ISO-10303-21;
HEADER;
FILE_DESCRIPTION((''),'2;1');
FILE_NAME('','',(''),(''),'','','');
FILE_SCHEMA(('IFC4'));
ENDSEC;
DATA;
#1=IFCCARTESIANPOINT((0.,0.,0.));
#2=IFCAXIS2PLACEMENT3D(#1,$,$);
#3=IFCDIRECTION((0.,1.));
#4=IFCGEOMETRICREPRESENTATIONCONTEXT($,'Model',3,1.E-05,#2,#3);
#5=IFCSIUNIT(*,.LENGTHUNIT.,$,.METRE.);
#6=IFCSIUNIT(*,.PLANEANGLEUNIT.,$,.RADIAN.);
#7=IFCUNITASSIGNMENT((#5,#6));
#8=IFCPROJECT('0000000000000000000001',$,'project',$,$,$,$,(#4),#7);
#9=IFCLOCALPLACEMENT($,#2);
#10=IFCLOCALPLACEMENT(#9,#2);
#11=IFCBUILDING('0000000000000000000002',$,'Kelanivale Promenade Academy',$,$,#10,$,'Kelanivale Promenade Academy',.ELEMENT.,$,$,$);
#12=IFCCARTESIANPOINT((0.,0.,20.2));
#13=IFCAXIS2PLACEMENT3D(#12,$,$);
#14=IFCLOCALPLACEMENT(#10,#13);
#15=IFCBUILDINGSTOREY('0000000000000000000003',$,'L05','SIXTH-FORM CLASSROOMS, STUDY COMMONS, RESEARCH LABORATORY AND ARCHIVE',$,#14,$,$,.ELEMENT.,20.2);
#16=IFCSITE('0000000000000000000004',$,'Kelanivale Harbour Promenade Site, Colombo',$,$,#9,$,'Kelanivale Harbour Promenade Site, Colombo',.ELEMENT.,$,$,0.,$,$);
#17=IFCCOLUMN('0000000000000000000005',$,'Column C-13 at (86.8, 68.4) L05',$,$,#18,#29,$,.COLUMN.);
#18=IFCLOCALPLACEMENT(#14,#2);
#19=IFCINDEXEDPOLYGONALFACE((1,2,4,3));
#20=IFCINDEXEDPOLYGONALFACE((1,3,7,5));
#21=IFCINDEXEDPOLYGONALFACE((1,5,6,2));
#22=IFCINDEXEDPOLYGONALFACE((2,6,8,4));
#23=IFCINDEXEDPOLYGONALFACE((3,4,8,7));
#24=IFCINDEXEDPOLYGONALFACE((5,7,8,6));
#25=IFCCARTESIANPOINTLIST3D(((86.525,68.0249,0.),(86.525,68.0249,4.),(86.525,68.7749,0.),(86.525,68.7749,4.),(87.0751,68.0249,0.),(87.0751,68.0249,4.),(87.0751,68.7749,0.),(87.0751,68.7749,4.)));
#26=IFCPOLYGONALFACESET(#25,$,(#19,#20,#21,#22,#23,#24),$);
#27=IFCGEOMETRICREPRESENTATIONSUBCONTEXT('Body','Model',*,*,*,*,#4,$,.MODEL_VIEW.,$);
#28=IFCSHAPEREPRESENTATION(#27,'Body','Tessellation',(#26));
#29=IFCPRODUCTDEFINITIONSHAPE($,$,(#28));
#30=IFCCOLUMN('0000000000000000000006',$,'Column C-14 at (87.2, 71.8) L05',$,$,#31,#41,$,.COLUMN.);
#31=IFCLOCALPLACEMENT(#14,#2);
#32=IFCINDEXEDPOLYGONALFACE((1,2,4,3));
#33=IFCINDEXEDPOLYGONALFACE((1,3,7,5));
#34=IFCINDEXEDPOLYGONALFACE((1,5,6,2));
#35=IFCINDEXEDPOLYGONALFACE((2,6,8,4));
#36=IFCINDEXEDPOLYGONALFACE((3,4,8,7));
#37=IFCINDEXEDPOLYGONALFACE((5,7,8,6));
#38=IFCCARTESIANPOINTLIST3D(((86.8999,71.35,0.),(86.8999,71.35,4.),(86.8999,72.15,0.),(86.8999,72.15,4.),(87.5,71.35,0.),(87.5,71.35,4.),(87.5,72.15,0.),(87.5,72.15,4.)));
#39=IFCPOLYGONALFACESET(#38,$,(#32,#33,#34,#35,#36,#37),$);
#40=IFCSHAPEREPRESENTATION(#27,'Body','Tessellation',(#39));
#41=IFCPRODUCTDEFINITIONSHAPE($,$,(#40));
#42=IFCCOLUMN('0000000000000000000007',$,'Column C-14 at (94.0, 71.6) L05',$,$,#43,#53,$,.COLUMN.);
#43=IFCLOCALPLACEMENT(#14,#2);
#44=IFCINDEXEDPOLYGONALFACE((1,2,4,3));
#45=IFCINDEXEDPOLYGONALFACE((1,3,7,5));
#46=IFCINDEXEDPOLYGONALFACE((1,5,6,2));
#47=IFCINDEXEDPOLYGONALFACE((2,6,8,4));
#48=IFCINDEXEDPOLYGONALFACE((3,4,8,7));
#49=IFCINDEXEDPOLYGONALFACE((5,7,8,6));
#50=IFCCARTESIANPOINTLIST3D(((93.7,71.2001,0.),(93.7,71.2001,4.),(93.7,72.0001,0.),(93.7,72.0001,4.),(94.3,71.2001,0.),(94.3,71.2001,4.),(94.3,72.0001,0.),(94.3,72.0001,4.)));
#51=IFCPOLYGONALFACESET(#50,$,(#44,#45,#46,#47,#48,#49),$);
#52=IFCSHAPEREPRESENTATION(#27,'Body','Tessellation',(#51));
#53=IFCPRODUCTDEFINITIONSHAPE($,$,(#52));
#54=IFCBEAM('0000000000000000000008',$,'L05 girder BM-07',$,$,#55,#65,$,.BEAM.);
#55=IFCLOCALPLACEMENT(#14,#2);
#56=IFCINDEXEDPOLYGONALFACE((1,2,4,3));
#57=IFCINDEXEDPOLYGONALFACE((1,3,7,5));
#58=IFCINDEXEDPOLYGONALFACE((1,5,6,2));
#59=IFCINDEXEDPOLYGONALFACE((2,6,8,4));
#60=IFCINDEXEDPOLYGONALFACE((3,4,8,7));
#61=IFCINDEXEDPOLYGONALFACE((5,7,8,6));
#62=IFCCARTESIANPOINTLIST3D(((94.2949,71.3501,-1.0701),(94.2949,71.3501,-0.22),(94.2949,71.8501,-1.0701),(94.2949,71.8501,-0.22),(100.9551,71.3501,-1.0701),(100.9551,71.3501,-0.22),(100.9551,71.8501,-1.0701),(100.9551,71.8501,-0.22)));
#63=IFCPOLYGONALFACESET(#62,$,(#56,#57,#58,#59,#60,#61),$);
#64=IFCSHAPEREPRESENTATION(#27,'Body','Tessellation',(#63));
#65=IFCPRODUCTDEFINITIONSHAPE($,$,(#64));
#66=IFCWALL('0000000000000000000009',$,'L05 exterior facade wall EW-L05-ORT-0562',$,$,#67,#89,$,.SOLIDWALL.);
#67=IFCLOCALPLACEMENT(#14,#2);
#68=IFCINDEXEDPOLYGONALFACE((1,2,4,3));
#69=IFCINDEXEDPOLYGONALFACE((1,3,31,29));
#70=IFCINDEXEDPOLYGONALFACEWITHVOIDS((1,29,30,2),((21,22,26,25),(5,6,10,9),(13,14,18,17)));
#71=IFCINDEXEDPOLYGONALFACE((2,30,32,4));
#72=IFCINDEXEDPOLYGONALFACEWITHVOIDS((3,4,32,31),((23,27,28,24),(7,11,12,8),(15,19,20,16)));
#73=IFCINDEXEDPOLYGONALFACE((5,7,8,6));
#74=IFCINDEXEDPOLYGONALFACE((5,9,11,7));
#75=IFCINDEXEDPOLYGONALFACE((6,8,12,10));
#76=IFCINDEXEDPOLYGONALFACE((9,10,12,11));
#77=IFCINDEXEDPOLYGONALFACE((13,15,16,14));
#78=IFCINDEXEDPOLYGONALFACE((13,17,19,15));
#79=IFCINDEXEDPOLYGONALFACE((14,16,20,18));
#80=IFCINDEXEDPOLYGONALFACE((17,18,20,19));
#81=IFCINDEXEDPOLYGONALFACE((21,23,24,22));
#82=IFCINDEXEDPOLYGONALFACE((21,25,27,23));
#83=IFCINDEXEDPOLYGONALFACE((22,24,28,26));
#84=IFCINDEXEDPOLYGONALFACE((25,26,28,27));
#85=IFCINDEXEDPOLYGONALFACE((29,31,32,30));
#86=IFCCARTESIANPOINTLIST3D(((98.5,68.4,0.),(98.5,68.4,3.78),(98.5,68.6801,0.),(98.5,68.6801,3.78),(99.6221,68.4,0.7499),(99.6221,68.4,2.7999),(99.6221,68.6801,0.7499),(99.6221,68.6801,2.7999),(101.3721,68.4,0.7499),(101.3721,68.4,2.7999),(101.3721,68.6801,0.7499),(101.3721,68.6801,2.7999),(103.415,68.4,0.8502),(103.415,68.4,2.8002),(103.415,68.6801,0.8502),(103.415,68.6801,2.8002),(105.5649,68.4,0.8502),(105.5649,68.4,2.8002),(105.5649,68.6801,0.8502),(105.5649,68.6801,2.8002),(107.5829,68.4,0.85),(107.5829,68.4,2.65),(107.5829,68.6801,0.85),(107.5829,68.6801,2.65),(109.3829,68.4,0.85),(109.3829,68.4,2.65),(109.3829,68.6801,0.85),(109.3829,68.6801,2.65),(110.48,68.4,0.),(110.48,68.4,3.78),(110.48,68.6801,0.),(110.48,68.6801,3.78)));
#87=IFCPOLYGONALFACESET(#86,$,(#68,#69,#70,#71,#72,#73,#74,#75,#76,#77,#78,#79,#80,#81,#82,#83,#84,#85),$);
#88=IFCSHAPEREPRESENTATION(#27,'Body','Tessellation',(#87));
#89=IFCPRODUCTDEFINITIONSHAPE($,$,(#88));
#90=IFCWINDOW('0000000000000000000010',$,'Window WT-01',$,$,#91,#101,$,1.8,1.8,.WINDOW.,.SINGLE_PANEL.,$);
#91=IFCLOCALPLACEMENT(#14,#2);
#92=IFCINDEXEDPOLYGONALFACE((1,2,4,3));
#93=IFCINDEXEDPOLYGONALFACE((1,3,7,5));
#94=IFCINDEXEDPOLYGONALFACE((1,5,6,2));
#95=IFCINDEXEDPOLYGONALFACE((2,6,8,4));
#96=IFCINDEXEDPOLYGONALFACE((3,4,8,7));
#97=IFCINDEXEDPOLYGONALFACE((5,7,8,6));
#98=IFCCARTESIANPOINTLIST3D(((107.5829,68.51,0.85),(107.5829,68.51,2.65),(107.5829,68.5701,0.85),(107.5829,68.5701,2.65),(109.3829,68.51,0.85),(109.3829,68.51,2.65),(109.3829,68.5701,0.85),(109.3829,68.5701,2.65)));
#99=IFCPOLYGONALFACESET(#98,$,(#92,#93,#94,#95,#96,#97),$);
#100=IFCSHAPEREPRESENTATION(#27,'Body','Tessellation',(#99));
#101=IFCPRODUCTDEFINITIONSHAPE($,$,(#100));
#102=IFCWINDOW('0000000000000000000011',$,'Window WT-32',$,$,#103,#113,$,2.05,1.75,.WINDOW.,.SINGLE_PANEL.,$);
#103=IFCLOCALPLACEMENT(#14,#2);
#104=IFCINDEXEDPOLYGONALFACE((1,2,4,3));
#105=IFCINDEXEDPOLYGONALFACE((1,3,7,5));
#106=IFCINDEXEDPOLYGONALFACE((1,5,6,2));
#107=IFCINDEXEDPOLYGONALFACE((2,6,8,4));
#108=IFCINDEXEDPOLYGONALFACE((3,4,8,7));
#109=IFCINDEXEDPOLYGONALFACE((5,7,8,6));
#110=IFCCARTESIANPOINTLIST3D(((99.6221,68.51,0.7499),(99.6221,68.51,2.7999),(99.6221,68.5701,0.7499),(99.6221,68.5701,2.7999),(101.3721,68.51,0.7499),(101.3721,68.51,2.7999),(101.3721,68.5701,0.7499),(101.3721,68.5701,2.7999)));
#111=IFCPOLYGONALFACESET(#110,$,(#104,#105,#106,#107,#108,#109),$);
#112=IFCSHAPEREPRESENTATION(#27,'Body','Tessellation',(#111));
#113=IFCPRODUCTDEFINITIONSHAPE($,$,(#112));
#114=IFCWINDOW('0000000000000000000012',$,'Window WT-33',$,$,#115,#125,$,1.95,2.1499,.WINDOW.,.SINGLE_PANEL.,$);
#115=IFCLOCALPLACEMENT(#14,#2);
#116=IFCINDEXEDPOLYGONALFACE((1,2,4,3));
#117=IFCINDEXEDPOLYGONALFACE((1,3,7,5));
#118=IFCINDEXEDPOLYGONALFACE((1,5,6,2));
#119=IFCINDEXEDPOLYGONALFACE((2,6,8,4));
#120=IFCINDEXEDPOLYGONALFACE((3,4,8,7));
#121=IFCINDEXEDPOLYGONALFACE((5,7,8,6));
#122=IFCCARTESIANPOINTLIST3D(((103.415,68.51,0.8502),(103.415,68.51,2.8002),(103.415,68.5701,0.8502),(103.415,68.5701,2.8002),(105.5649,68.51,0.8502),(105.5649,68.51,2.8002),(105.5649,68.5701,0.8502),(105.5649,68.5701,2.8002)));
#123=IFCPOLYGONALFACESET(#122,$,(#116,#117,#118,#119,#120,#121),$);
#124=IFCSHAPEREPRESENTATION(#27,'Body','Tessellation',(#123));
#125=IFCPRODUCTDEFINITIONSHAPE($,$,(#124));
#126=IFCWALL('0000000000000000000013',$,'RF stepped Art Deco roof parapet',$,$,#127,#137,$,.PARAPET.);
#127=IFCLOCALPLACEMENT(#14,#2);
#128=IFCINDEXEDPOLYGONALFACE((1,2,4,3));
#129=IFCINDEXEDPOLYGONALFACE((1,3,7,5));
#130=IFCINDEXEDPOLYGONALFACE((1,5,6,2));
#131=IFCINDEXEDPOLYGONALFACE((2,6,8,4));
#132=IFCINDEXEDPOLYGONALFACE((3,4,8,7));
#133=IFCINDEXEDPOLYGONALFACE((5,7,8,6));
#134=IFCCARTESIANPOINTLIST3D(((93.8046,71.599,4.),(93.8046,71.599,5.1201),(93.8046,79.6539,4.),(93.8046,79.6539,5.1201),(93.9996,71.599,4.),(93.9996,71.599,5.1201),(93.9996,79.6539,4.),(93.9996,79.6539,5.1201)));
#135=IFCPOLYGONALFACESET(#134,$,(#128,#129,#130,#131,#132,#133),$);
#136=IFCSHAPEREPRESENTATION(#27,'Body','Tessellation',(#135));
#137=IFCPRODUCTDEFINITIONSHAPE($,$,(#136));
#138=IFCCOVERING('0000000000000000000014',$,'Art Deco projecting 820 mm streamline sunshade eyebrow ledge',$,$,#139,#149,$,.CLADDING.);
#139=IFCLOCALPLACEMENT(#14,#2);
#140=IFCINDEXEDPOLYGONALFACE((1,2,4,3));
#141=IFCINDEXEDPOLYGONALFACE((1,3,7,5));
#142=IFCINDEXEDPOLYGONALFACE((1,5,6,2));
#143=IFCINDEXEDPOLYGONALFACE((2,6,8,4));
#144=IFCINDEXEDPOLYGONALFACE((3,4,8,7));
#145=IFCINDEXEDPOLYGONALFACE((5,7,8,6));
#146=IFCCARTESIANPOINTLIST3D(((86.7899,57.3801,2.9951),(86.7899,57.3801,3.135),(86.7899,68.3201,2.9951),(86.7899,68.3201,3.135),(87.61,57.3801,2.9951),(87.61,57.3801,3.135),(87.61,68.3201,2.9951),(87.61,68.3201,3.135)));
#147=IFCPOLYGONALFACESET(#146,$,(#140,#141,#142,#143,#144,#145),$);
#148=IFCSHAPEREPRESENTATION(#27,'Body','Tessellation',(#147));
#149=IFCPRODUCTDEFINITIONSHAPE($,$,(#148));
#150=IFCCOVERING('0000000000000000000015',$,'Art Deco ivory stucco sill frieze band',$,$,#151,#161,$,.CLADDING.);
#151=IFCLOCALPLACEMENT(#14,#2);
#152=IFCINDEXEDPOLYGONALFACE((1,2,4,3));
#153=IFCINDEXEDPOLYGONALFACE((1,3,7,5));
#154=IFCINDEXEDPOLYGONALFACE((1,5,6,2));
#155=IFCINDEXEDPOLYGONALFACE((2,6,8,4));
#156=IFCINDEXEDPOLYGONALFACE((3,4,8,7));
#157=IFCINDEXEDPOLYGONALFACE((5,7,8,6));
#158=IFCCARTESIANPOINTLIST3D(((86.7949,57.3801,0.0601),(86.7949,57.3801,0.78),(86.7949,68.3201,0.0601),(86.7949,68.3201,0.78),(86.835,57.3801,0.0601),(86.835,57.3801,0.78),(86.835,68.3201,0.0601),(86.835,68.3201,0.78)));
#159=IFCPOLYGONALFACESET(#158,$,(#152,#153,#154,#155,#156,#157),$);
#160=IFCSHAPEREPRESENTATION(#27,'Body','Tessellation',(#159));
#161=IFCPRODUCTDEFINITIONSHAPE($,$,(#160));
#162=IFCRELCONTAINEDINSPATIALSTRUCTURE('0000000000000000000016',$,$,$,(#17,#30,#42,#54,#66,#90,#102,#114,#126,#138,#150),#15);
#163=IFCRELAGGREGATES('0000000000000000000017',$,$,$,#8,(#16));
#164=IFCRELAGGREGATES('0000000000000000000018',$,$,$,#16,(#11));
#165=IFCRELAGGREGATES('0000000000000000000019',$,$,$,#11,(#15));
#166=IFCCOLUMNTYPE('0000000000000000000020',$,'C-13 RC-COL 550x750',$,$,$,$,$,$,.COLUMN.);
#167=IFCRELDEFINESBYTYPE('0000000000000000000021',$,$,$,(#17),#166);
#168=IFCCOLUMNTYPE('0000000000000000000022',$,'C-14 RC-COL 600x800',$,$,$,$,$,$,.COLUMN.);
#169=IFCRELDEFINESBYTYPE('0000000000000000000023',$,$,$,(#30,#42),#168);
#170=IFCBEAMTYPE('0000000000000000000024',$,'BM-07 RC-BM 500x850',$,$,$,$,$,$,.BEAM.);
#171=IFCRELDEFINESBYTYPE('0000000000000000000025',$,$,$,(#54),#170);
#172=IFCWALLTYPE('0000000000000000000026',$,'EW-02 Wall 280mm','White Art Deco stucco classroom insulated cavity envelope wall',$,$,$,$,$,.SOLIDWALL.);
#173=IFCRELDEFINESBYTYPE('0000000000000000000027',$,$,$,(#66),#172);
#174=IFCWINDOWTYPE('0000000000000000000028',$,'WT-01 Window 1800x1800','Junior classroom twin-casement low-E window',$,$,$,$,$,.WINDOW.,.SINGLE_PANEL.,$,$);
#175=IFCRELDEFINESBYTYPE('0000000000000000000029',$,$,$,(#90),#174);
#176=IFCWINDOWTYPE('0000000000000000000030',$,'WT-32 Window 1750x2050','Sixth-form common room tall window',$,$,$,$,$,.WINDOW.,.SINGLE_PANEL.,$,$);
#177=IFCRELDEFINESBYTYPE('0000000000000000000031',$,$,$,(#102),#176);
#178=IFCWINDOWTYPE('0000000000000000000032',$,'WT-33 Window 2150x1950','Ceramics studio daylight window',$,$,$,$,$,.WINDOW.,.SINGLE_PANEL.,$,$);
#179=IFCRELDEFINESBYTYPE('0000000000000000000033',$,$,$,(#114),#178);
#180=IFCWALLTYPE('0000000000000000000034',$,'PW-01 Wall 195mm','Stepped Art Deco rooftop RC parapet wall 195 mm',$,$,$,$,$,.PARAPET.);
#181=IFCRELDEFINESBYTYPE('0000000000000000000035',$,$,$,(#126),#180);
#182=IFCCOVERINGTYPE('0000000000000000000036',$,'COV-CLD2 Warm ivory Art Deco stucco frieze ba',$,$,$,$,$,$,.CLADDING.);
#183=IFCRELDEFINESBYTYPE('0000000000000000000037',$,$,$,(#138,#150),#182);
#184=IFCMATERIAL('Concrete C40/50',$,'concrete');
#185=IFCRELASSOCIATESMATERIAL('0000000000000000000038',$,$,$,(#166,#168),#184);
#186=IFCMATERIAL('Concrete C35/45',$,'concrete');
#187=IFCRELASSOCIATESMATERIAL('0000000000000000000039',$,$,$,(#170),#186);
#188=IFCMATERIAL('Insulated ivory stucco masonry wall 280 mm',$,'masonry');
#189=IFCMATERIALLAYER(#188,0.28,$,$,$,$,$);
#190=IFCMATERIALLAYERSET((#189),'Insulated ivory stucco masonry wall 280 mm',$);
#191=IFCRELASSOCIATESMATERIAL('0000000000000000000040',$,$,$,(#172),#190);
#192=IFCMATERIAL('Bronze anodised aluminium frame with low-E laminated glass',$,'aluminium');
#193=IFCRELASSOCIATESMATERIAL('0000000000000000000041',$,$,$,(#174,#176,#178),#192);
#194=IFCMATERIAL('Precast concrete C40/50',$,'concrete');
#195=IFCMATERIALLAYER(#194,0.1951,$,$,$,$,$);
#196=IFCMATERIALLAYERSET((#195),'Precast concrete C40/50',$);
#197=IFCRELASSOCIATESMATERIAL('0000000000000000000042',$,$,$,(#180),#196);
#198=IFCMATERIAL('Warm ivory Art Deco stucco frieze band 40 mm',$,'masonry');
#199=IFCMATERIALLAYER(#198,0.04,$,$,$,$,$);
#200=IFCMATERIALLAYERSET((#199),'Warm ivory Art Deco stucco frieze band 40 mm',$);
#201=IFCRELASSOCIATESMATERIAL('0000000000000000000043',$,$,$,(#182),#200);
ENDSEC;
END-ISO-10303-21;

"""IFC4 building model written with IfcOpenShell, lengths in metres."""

from ifc_helpers import new_model, si_unit, direction, frame, frame_2d, origin, origin_2d, place, context, subcontext, project, spatial, rectangle, extrude, material, layer, layer_set, material_profile, profile_set, type_object, element, fill, save


model = new_model("IFC4")

# Units and contexts
model_context = context("Model", 3, precision=1e-05, world=origin(), true_north=direction((0.0, 1.0)))
body_context = subcontext(model_context, "Body", "Model", "MODEL_VIEW")
ifc_project = project(units=[si_unit("LENGTHUNIT", "METRE"), si_unit("PLANEANGLEUNIT", "RADIAN")], contexts=[model_context])

# Site, building, storey
site_placement = place(None, origin())
site = spatial("IfcSite", under=ifc_project, at=site_placement, Name="Kelanivale Harbour Promenade Site, Colombo", LongName="Kelanivale Harbour Promenade Site, Colombo", CompositionType="ELEMENT", RefElevation=0.0)
building_placement = place(site_placement, origin())
building = spatial("IfcBuilding", under=site, at=building_placement, Name="Kelanivale Promenade Academy", LongName="Kelanivale Promenade Academy", CompositionType="ELEMENT")
storey_placement = place(building_placement, frame((0.0, 0.0, 20.2)))
storey = spatial("IfcBuildingStorey", under=building, at=storey_placement, Name="L05", Description="SIXTH-FORM CLASSROOMS, STUDY COMMONS, RESEARCH LABORATORY AND ARCHIVE", CompositionType="ELEMENT", Elevation=20.2)

# Columns
ifc_material_1 = material(Name="Concrete C40/50", Category="concrete")
ifc_material_profile_1 = material_profile(ifc_material_1, rectangle(XDim=0.55, YDim=0.75, at=origin_2d()), Name="RC-COL 550x750")
ifc_profile_set_1 = profile_set([ifc_material_profile_1], Name="Concrete C40/50")
column_type_1 = type_object("IfcColumnType", Name="C-13 RC-COL 550x750", PredefinedType="COLUMN", material=ifc_profile_set_1)
column_placement = place(storey_placement, frame((86.8, 68.3999, 0.0), z_axis=(0.0, 0.0, 1.0), x_axis=(1.0, 0.0, 0.0)))
element("IfcColumn", 1, at=column_placement, inside=storey, type_object=column_type_1, Name="Column C-13 at (86.8, 68.4) L05", PredefinedType="COLUMN", context=body_context, shape_type="SweptSolid", body=[
    extrude(rectangle(XDim=0.55, YDim=0.75, at=origin_2d()), origin(), (0.0, 0.0, 1.0), 4.0),
])
ifc_material_profile_2 = material_profile(ifc_material_1, rectangle(XDim=0.6001, YDim=0.8, at=origin_2d()), Name="RC-COL 600x800")
ifc_profile_set_2 = profile_set([ifc_material_profile_2], Name="Concrete C40/50")
column_type_2 = type_object("IfcColumnType", Name="C-14 RC-COL 600x800", PredefinedType="COLUMN", material=ifc_profile_set_2)
for number, where, z_axis, x_axis, name in (
    (2, (87.2, 71.75, 0.0), (0.0, 0.0, 1.0), (1.0, 0.0, 0.0), "Column C-14 at (87.2, 71.8) L05"),
    (3, (94.0, 71.6001, 0.0), (0.0, 0.0, 1.0), (1.0, 0.0, 0.0), "Column C-14 at (94.0, 71.6) L05"),
):
    element("IfcColumn", number, at=place(storey_placement, frame(where, z_axis=z_axis, x_axis=x_axis)), inside=storey, type_object=column_type_2, Name=name, PredefinedType="COLUMN", context=body_context, shape_type="SweptSolid", body=[
        extrude(rectangle(XDim=0.6001, YDim=0.8, at=origin_2d()), origin(), (0.0, 0.0, 1.0), 4.0),
    ])

# Beam
ifc_material_2 = material(Name="Concrete C35/45", Category="concrete")
ifc_material_profile_3 = material_profile(ifc_material_2, rectangle(XDim=0.5, YDim=0.8501, at=origin_2d()), Name="RC-BM 500x850")
ifc_profile_set_3 = profile_set([ifc_material_profile_3], Name="Concrete C35/45")
beam_type = type_object("IfcBeamType", Name="BM-07 RC-BM 500x850", PredefinedType="BEAM", material=ifc_profile_set_3)
beam_placement = place(storey_placement, frame((94.2949, 71.6001, -0.645), z_axis=(1.0, 0.0, 0.0), x_axis=(0.0, 1.0, 0.0)))
element("IfcBeam", 4, at=beam_placement, inside=storey, type_object=beam_type, Name="L05 girder BM-07", PredefinedType="BEAM", context=body_context, shape_type="SweptSolid", body=[
    extrude(rectangle(XDim=0.5, YDim=0.8501, at=origin_2d()), origin(), (0.0, 0.0, 1.0), 6.6602),
])

# Wall, openings, windows
ifc_material_3 = material(Name="Insulated ivory stucco masonry wall 280 mm", Category="masonry")
ifc_layer_1 = layer(ifc_material_3, 0.28)
ifc_layer_set_1 = layer_set([ifc_layer_1], Name="Insulated ivory stucco masonry wall 280 mm")
wall_type_1 = type_object("IfcWallType", Name="EW-02 Wall 280mm", Description="White Art Deco stucco classroom insulated cavity envelope wall", PredefinedType="SOLIDWALL", material=ifc_layer_set_1)
wall_1_placement = place(storey_placement, frame((98.5, 68.54, 0.0), z_axis=(0.0, 0.0, 1.0), x_axis=(1.0, 0.0, 0.0)))
wall_1 = element("IfcWall", 5, at=wall_1_placement, inside=storey, type_object=wall_type_1, Name="L05 exterior facade wall EW-L05-ORT-0562", PredefinedType="SOLIDWALL", context=body_context, shape_type="SweptSolid", body=[
    extrude(rectangle(XDim=11.98, YDim=0.28, at=frame_2d((5.99, 0.0))), origin(), (0.0, 0.0, 1.0), 3.78),
])
opening_1_placement = place(wall_1_placement, frame((1.1221, 0.0, 0.75)))
opening_1 = element("IfcOpeningElement", 6, at=opening_1_placement, cuts=wall_1, PredefinedType="OPENING", context=body_context, shape_type="SweptSolid", body=[
    extrude(rectangle(XDim=1.75, YDim=2.05, at=frame_2d((0.875, 1.0249))), frame((0.0, 0.1499, 0.0), z_axis=(0.0, -1.0, 0.0), x_axis=(1.0, 0.0, 0.0)), (0.0, 0.0, 1.0), 0.3),
])
opening_2_placement = place(wall_1_placement, frame((4.915, 0.0, 0.8501)))
opening_2 = element("IfcOpeningElement", 7, at=opening_2_placement, cuts=wall_1, PredefinedType="OPENING", context=body_context, shape_type="SweptSolid", body=[
    extrude(rectangle(XDim=2.1499, YDim=1.95, at=frame_2d((1.075, 0.9751))), frame((0.0, 0.1499, 0.0), z_axis=(0.0, -1.0, 0.0), x_axis=(1.0, 0.0, 0.0)), (0.0, 0.0, 1.0), 0.3),
])
opening_3_placement = place(wall_1_placement, frame((9.083, 0.0, 0.8501)))
opening_3 = element("IfcOpeningElement", 8, at=opening_3_placement, cuts=wall_1, PredefinedType="OPENING", context=body_context, shape_type="SweptSolid", body=[
    extrude(rectangle(XDim=1.8, YDim=1.8, at=frame_2d((0.8999, 0.8999))), frame((0.0, 0.1499, 0.0), z_axis=(0.0, -1.0, 0.0), x_axis=(1.0, 0.0, 0.0)), (0.0, 0.0, 1.0), 0.3),
])
ifc_material_4 = material(Name="Bronze anodised aluminium frame with low-E laminated glass", Category="aluminium")
window_type_1 = type_object("IfcWindowType", Name="WT-01 Window 1800x1800", Description="Junior classroom twin-casement low-E window", PartitioningType="SINGLE_PANEL", PredefinedType="WINDOW", material=ifc_material_4)
window_1_placement = place(opening_3_placement, origin())
window_1 = element("IfcWindow", 9, at=window_1_placement, inside=storey, type_object=window_type_1, Name="Window WT-01", OverallHeight=1.8, OverallWidth=1.8, PartitioningType="SINGLE_PANEL", PredefinedType="WINDOW", context=body_context, shape_type="SweptSolid", body=[
    extrude(rectangle(XDim=1.8, YDim=1.8, at=frame_2d((0.8999, 0.8999))), frame((0.0, 0.03, 0.0), z_axis=(0.0, -1.0, 0.0), x_axis=(1.0, 0.0, 0.0)), (0.0, 0.0, 1.0), 0.0601),
])
fill(opening_3, window_1)
window_type_2 = type_object("IfcWindowType", Name="WT-32 Window 1750x2050", Description="Sixth-form common room tall window", PartitioningType="SINGLE_PANEL", PredefinedType="WINDOW", material=ifc_material_4)
window_2_placement = place(opening_1_placement, origin())
window_2 = element("IfcWindow", 10, at=window_2_placement, inside=storey, type_object=window_type_2, Name="Window WT-32", OverallHeight=2.05, OverallWidth=1.75, PartitioningType="SINGLE_PANEL", PredefinedType="WINDOW", context=body_context, shape_type="SweptSolid", body=[
    extrude(rectangle(XDim=1.75, YDim=2.05, at=frame_2d((0.875, 1.0249))), frame((0.0, 0.03, 0.0), z_axis=(0.0, -1.0, 0.0), x_axis=(1.0, 0.0, 0.0)), (0.0, 0.0, 1.0), 0.0601),
])
fill(opening_1, window_2)
window_type_3 = type_object("IfcWindowType", Name="WT-33 Window 2150x1950", Description="Ceramics studio daylight window", PartitioningType="SINGLE_PANEL", PredefinedType="WINDOW", material=ifc_material_4)
window_3_placement = place(opening_2_placement, origin())
window_3 = element("IfcWindow", 11, at=window_3_placement, inside=storey, type_object=window_type_3, Name="Window WT-33", OverallHeight=1.95, OverallWidth=2.1499, PartitioningType="SINGLE_PANEL", PredefinedType="WINDOW", context=body_context, shape_type="SweptSolid", body=[
    extrude(rectangle(XDim=2.1499, YDim=1.95, at=frame_2d((1.075, 0.9751))), frame((0.0, 0.03, 0.0), z_axis=(0.0, -1.0, 0.0), x_axis=(1.0, 0.0, 0.0)), (0.0, 0.0, 1.0), 0.0601),
])
fill(opening_2, window_3)

# Wall
ifc_material_5 = material(Name="Precast concrete C40/50", Category="concrete")
ifc_layer_2 = layer(ifc_material_5, 0.1951)
ifc_layer_set_2 = layer_set([ifc_layer_2], Name="Precast concrete C40/50")
wall_type_2 = type_object("IfcWallType", Name="PW-01 Wall 195mm", Description="Stepped Art Deco rooftop RC parapet wall 195 mm", PredefinedType="PARAPET", material=ifc_layer_set_2)
wall_2_placement = place(storey_placement, frame((93.9021, 71.5991, 4.0), z_axis=(0.0, 0.0, 1.0), x_axis=(0.0, 1.0, 0.0)))
element("IfcWall", 12, at=wall_2_placement, inside=storey, type_object=wall_type_2, Name="RF stepped Art Deco roof parapet", PredefinedType="PARAPET", context=body_context, shape_type="SweptSolid", body=[
    extrude(rectangle(XDim=8.0549, YDim=0.1951, at=frame_2d((4.0273, 0.0))), origin(), (0.0, 0.0, 1.0), 1.1201),
])

# Coverings
ifc_material_6 = material(Name="Warm ivory Art Deco stucco frieze band 40 mm", Category="masonry")
ifc_layer_3 = layer(ifc_material_6, 0.04)
ifc_layer_set_3 = layer_set([ifc_layer_3], Name="Warm ivory Art Deco stucco frieze band 40 mm")
covering_type = type_object("IfcCoveringType", Name="COV-CLD2 Warm ivory Art Deco stucco frieze ba", PredefinedType="CLADDING", material=ifc_layer_set_3)
covering_1_placement = place(storey_placement, frame((87.2, 62.8501, 2.9951), z_axis=(0.0, 0.0, 1.0), x_axis=(0.0, 1.0, 0.0)))
element("IfcCovering", 13, at=covering_1_placement, inside=storey, type_object=covering_type, Name="Art Deco projecting 820 mm streamline sunshade eyebrow ledge", PredefinedType="CLADDING", context=body_context, shape_type="SweptSolid", body=[
    extrude(rectangle(XDim=10.9399, YDim=0.8201, at=origin_2d()), origin(), (0.0, 0.0, 1.0), 0.1399),
])
covering_2_placement = place(storey_placement, frame((86.8149, 62.8501, 0.0601), z_axis=(0.0, 0.0, 1.0), x_axis=(0.0, 1.0, 0.0)))
element("IfcCovering", 14, at=covering_2_placement, inside=storey, type_object=covering_type, Name="Art Deco ivory stucco sill frieze band", PredefinedType="CLADDING", context=body_context, shape_type="SweptSolid", body=[
    extrude(rectangle(XDim=10.9399, YDim=0.04, at=origin_2d()), origin(), (0.0, 0.0, 1.0), 0.72),
])

save(model, "model.ifc")
